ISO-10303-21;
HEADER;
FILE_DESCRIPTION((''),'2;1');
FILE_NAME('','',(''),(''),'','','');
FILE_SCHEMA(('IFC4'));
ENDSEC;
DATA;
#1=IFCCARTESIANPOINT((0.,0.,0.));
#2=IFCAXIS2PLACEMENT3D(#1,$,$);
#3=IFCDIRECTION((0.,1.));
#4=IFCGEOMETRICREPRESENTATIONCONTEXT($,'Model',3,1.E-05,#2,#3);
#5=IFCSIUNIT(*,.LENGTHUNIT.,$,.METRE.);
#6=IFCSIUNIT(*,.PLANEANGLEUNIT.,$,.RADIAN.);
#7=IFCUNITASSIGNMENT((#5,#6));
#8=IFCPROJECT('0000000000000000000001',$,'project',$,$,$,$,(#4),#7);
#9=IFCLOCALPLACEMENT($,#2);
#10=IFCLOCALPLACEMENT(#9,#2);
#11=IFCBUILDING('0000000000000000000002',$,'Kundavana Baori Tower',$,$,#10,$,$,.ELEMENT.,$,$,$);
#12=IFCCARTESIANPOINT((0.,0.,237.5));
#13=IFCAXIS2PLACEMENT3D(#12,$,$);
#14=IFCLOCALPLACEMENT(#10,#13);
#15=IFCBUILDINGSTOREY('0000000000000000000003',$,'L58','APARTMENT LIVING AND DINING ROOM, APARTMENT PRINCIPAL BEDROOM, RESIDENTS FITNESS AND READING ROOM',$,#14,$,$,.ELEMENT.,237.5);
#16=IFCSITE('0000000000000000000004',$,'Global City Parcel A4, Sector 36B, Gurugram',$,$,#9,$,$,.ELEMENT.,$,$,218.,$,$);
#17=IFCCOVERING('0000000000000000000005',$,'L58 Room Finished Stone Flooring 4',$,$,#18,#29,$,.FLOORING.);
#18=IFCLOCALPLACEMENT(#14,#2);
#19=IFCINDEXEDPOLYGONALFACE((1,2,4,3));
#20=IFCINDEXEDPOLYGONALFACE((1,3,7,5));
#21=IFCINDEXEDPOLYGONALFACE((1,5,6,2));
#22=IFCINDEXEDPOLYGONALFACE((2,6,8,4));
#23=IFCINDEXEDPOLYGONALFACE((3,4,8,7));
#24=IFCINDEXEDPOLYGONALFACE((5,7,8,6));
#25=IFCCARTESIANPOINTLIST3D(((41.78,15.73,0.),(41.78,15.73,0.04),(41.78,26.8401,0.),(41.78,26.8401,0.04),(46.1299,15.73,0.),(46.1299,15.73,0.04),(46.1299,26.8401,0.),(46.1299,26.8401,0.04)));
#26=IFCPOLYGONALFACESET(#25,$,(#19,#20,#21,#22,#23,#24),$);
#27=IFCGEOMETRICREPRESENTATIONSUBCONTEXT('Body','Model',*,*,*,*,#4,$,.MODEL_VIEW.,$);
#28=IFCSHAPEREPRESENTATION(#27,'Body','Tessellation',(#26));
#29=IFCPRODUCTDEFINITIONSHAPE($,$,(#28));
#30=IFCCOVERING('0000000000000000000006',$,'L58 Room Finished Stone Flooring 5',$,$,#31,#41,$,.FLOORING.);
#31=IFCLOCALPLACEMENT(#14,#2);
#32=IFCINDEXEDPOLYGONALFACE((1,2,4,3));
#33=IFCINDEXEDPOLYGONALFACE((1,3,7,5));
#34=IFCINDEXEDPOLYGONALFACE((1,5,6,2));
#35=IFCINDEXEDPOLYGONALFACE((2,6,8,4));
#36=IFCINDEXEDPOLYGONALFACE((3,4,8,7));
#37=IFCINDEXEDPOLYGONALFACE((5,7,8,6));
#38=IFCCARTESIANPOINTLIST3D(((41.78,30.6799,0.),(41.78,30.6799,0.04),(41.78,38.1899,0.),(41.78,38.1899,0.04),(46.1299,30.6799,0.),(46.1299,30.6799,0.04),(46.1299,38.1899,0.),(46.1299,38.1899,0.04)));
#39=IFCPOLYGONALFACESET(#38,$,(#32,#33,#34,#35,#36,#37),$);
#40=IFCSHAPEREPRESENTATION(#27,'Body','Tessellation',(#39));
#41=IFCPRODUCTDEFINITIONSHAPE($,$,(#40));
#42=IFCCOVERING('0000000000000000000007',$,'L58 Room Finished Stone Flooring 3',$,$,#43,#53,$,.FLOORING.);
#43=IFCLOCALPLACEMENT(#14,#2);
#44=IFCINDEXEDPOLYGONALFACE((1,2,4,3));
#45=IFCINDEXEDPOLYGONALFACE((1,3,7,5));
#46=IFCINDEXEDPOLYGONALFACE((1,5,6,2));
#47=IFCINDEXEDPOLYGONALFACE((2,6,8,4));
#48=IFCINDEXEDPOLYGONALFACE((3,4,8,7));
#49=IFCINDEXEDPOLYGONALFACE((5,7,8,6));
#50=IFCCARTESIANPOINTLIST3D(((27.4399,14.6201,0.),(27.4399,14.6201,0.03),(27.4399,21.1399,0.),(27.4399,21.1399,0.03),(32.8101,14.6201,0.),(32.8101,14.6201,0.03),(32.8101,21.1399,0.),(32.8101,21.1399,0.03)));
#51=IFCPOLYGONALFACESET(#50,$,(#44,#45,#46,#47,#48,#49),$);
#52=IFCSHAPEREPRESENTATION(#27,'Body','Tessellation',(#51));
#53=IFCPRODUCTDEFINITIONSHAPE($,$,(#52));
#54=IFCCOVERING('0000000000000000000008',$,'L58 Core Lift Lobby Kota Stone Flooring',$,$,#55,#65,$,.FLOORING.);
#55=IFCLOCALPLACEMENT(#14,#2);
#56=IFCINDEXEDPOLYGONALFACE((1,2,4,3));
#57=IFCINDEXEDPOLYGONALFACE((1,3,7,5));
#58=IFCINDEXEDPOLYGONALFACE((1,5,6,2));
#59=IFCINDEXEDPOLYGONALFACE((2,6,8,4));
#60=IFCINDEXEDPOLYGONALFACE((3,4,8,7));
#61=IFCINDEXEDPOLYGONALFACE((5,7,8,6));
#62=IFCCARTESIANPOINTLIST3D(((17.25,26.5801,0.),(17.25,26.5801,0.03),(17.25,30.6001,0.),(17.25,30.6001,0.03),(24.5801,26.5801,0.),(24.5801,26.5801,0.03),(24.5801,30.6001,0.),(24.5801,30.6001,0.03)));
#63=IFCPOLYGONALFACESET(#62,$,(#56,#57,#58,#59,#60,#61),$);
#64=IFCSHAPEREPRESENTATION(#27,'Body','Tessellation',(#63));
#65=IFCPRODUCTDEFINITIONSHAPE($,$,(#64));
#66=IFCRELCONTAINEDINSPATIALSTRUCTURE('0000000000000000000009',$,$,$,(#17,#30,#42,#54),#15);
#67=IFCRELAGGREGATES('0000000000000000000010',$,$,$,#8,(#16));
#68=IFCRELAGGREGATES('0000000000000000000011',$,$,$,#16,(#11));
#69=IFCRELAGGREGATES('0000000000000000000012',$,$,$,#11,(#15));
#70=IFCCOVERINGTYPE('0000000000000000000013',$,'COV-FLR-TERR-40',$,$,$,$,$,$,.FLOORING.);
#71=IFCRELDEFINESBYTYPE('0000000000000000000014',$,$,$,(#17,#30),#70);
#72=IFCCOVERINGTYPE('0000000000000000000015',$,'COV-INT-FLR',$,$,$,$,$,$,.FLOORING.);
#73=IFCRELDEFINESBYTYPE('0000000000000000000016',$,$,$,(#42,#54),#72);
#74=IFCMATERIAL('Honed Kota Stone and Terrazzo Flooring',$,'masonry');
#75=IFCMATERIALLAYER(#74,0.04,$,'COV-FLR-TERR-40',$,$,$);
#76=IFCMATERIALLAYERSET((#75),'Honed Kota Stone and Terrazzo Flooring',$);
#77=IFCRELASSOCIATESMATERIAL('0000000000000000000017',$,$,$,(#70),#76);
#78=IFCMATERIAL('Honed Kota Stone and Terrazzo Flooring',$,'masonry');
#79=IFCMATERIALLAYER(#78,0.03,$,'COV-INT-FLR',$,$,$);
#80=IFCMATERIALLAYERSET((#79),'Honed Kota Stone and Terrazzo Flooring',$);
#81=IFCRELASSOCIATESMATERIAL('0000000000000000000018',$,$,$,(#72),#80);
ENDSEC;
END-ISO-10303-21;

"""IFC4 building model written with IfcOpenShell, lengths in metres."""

from ifc_helpers import new_model, si_unit, direction, frame, origin, place, context, subcontext, project, spatial, polyline, outline, extrude, material, layer, layer_set, type_object, element, save


model = new_model("IFC4")

# Units and contexts
model_context = context("Model", 3, precision=1e-05, world=origin(), true_north=direction((0.0, 1.0)))
body_context = subcontext(model_context, "Body", "Model", "MODEL_VIEW")
ifc_project = project(units=[si_unit("LENGTHUNIT", "METRE"), si_unit("PLANEANGLEUNIT", "RADIAN")], contexts=[model_context])

# Site, building, storey
site_placement = place(None, origin())
site = spatial("IfcSite", under=ifc_project, at=site_placement, Name="Global City Parcel A4, Sector 36B, Gurugram", CompositionType="ELEMENT", RefElevation=218.0)
building_placement = place(site_placement, origin())
building = spatial("IfcBuilding", under=site, at=building_placement, Name="Kundavana Baori Tower", CompositionType="ELEMENT")
storey_placement = place(building_placement, frame((0.0, 0.0, 237.5)))
storey = spatial("IfcBuildingStorey", under=building, at=storey_placement, Name="L58", Description="APARTMENT LIVING AND DINING ROOM, APARTMENT PRINCIPAL BEDROOM, RESIDENTS FITNESS AND READING ROOM", CompositionType="ELEMENT", Elevation=237.5)

# Coverings
ifc_material_1 = material(Name="Honed Kota Stone and Terrazzo Flooring", Category="masonry")
ifc_layer_1 = layer(ifc_material_1, 0.04, Name="COV-FLR-TERR-40")
ifc_layer_set_1 = layer_set([ifc_layer_1], Name="Honed Kota Stone and Terrazzo Flooring")
covering_type_1 = type_object("IfcCoveringType", Name="COV-FLR-TERR-40", PredefinedType="FLOORING", material=ifc_layer_set_1)
covering_1_placement = place(storey_placement, origin())
element("IfcCovering", 1, at=covering_1_placement, inside=storey, type_object=covering_type_1, Name="L58 Room Finished Stone Flooring 4", PredefinedType="FLOORING", context=body_context, shape_type="SweptSolid", body=[
    extrude(outline(polyline([(41.78, 15.73), (46.1299, 15.73), (46.1299, 26.8401), (41.78, 26.8401), (41.78, 15.73)])), origin(), (0.0, 0.0, 1.0), 0.04),
])
covering_2_placement = place(storey_placement, origin())
element("IfcCovering", 2, at=covering_2_placement, inside=storey, type_object=covering_type_1, Name="L58 Room Finished Stone Flooring 5", PredefinedType="FLOORING", context=body_context, shape_type="SweptSolid", body=[
    extrude(outline(polyline([(41.78, 30.6799), (46.1299, 30.6799), (46.1299, 38.1899), (41.78, 38.1899), (41.78, 30.6799)])), origin(), (0.0, 0.0, 1.0), 0.04),
])
ifc_material_2 = material(Name="Honed Kota Stone and Terrazzo Flooring", Category="masonry")
ifc_layer_2 = layer(ifc_material_2, 0.03, Name="COV-INT-FLR")
ifc_layer_set_2 = layer_set([ifc_layer_2], Name="Honed Kota Stone and Terrazzo Flooring")
covering_type_2 = type_object("IfcCoveringType", Name="COV-INT-FLR", PredefinedType="FLOORING", material=ifc_layer_set_2)
covering_3_placement = place(storey_placement, origin())
element("IfcCovering", 3, at=covering_3_placement, inside=storey, type_object=covering_type_2, Name="L58 Room Finished Stone Flooring 3", PredefinedType="FLOORING", context=body_context, shape_type="SweptSolid", body=[
    extrude(outline(polyline([(27.4399, 14.6201), (32.8101, 14.6201), (32.8101, 21.1399), (27.4399, 21.1399), (27.4399, 14.6201)])), origin(), (0.0, 0.0, 1.0), 0.03),
])
covering_4_placement = place(storey_placement, origin())
element("IfcCovering", 4, at=covering_4_placement, inside=storey, type_object=covering_type_2, Name="L58 Core Lift Lobby Kota Stone Flooring", PredefinedType="FLOORING", context=body_context, shape_type="SweptSolid", body=[
    extrude(outline(polyline([(17.25, 26.5801), (24.5801, 26.5801), (24.5801, 30.6001), (17.25, 30.6001), (17.25, 26.5801)])), origin(), (0.0, 0.0, 1.0), 0.03),
])

save(model, "model.ifc")
